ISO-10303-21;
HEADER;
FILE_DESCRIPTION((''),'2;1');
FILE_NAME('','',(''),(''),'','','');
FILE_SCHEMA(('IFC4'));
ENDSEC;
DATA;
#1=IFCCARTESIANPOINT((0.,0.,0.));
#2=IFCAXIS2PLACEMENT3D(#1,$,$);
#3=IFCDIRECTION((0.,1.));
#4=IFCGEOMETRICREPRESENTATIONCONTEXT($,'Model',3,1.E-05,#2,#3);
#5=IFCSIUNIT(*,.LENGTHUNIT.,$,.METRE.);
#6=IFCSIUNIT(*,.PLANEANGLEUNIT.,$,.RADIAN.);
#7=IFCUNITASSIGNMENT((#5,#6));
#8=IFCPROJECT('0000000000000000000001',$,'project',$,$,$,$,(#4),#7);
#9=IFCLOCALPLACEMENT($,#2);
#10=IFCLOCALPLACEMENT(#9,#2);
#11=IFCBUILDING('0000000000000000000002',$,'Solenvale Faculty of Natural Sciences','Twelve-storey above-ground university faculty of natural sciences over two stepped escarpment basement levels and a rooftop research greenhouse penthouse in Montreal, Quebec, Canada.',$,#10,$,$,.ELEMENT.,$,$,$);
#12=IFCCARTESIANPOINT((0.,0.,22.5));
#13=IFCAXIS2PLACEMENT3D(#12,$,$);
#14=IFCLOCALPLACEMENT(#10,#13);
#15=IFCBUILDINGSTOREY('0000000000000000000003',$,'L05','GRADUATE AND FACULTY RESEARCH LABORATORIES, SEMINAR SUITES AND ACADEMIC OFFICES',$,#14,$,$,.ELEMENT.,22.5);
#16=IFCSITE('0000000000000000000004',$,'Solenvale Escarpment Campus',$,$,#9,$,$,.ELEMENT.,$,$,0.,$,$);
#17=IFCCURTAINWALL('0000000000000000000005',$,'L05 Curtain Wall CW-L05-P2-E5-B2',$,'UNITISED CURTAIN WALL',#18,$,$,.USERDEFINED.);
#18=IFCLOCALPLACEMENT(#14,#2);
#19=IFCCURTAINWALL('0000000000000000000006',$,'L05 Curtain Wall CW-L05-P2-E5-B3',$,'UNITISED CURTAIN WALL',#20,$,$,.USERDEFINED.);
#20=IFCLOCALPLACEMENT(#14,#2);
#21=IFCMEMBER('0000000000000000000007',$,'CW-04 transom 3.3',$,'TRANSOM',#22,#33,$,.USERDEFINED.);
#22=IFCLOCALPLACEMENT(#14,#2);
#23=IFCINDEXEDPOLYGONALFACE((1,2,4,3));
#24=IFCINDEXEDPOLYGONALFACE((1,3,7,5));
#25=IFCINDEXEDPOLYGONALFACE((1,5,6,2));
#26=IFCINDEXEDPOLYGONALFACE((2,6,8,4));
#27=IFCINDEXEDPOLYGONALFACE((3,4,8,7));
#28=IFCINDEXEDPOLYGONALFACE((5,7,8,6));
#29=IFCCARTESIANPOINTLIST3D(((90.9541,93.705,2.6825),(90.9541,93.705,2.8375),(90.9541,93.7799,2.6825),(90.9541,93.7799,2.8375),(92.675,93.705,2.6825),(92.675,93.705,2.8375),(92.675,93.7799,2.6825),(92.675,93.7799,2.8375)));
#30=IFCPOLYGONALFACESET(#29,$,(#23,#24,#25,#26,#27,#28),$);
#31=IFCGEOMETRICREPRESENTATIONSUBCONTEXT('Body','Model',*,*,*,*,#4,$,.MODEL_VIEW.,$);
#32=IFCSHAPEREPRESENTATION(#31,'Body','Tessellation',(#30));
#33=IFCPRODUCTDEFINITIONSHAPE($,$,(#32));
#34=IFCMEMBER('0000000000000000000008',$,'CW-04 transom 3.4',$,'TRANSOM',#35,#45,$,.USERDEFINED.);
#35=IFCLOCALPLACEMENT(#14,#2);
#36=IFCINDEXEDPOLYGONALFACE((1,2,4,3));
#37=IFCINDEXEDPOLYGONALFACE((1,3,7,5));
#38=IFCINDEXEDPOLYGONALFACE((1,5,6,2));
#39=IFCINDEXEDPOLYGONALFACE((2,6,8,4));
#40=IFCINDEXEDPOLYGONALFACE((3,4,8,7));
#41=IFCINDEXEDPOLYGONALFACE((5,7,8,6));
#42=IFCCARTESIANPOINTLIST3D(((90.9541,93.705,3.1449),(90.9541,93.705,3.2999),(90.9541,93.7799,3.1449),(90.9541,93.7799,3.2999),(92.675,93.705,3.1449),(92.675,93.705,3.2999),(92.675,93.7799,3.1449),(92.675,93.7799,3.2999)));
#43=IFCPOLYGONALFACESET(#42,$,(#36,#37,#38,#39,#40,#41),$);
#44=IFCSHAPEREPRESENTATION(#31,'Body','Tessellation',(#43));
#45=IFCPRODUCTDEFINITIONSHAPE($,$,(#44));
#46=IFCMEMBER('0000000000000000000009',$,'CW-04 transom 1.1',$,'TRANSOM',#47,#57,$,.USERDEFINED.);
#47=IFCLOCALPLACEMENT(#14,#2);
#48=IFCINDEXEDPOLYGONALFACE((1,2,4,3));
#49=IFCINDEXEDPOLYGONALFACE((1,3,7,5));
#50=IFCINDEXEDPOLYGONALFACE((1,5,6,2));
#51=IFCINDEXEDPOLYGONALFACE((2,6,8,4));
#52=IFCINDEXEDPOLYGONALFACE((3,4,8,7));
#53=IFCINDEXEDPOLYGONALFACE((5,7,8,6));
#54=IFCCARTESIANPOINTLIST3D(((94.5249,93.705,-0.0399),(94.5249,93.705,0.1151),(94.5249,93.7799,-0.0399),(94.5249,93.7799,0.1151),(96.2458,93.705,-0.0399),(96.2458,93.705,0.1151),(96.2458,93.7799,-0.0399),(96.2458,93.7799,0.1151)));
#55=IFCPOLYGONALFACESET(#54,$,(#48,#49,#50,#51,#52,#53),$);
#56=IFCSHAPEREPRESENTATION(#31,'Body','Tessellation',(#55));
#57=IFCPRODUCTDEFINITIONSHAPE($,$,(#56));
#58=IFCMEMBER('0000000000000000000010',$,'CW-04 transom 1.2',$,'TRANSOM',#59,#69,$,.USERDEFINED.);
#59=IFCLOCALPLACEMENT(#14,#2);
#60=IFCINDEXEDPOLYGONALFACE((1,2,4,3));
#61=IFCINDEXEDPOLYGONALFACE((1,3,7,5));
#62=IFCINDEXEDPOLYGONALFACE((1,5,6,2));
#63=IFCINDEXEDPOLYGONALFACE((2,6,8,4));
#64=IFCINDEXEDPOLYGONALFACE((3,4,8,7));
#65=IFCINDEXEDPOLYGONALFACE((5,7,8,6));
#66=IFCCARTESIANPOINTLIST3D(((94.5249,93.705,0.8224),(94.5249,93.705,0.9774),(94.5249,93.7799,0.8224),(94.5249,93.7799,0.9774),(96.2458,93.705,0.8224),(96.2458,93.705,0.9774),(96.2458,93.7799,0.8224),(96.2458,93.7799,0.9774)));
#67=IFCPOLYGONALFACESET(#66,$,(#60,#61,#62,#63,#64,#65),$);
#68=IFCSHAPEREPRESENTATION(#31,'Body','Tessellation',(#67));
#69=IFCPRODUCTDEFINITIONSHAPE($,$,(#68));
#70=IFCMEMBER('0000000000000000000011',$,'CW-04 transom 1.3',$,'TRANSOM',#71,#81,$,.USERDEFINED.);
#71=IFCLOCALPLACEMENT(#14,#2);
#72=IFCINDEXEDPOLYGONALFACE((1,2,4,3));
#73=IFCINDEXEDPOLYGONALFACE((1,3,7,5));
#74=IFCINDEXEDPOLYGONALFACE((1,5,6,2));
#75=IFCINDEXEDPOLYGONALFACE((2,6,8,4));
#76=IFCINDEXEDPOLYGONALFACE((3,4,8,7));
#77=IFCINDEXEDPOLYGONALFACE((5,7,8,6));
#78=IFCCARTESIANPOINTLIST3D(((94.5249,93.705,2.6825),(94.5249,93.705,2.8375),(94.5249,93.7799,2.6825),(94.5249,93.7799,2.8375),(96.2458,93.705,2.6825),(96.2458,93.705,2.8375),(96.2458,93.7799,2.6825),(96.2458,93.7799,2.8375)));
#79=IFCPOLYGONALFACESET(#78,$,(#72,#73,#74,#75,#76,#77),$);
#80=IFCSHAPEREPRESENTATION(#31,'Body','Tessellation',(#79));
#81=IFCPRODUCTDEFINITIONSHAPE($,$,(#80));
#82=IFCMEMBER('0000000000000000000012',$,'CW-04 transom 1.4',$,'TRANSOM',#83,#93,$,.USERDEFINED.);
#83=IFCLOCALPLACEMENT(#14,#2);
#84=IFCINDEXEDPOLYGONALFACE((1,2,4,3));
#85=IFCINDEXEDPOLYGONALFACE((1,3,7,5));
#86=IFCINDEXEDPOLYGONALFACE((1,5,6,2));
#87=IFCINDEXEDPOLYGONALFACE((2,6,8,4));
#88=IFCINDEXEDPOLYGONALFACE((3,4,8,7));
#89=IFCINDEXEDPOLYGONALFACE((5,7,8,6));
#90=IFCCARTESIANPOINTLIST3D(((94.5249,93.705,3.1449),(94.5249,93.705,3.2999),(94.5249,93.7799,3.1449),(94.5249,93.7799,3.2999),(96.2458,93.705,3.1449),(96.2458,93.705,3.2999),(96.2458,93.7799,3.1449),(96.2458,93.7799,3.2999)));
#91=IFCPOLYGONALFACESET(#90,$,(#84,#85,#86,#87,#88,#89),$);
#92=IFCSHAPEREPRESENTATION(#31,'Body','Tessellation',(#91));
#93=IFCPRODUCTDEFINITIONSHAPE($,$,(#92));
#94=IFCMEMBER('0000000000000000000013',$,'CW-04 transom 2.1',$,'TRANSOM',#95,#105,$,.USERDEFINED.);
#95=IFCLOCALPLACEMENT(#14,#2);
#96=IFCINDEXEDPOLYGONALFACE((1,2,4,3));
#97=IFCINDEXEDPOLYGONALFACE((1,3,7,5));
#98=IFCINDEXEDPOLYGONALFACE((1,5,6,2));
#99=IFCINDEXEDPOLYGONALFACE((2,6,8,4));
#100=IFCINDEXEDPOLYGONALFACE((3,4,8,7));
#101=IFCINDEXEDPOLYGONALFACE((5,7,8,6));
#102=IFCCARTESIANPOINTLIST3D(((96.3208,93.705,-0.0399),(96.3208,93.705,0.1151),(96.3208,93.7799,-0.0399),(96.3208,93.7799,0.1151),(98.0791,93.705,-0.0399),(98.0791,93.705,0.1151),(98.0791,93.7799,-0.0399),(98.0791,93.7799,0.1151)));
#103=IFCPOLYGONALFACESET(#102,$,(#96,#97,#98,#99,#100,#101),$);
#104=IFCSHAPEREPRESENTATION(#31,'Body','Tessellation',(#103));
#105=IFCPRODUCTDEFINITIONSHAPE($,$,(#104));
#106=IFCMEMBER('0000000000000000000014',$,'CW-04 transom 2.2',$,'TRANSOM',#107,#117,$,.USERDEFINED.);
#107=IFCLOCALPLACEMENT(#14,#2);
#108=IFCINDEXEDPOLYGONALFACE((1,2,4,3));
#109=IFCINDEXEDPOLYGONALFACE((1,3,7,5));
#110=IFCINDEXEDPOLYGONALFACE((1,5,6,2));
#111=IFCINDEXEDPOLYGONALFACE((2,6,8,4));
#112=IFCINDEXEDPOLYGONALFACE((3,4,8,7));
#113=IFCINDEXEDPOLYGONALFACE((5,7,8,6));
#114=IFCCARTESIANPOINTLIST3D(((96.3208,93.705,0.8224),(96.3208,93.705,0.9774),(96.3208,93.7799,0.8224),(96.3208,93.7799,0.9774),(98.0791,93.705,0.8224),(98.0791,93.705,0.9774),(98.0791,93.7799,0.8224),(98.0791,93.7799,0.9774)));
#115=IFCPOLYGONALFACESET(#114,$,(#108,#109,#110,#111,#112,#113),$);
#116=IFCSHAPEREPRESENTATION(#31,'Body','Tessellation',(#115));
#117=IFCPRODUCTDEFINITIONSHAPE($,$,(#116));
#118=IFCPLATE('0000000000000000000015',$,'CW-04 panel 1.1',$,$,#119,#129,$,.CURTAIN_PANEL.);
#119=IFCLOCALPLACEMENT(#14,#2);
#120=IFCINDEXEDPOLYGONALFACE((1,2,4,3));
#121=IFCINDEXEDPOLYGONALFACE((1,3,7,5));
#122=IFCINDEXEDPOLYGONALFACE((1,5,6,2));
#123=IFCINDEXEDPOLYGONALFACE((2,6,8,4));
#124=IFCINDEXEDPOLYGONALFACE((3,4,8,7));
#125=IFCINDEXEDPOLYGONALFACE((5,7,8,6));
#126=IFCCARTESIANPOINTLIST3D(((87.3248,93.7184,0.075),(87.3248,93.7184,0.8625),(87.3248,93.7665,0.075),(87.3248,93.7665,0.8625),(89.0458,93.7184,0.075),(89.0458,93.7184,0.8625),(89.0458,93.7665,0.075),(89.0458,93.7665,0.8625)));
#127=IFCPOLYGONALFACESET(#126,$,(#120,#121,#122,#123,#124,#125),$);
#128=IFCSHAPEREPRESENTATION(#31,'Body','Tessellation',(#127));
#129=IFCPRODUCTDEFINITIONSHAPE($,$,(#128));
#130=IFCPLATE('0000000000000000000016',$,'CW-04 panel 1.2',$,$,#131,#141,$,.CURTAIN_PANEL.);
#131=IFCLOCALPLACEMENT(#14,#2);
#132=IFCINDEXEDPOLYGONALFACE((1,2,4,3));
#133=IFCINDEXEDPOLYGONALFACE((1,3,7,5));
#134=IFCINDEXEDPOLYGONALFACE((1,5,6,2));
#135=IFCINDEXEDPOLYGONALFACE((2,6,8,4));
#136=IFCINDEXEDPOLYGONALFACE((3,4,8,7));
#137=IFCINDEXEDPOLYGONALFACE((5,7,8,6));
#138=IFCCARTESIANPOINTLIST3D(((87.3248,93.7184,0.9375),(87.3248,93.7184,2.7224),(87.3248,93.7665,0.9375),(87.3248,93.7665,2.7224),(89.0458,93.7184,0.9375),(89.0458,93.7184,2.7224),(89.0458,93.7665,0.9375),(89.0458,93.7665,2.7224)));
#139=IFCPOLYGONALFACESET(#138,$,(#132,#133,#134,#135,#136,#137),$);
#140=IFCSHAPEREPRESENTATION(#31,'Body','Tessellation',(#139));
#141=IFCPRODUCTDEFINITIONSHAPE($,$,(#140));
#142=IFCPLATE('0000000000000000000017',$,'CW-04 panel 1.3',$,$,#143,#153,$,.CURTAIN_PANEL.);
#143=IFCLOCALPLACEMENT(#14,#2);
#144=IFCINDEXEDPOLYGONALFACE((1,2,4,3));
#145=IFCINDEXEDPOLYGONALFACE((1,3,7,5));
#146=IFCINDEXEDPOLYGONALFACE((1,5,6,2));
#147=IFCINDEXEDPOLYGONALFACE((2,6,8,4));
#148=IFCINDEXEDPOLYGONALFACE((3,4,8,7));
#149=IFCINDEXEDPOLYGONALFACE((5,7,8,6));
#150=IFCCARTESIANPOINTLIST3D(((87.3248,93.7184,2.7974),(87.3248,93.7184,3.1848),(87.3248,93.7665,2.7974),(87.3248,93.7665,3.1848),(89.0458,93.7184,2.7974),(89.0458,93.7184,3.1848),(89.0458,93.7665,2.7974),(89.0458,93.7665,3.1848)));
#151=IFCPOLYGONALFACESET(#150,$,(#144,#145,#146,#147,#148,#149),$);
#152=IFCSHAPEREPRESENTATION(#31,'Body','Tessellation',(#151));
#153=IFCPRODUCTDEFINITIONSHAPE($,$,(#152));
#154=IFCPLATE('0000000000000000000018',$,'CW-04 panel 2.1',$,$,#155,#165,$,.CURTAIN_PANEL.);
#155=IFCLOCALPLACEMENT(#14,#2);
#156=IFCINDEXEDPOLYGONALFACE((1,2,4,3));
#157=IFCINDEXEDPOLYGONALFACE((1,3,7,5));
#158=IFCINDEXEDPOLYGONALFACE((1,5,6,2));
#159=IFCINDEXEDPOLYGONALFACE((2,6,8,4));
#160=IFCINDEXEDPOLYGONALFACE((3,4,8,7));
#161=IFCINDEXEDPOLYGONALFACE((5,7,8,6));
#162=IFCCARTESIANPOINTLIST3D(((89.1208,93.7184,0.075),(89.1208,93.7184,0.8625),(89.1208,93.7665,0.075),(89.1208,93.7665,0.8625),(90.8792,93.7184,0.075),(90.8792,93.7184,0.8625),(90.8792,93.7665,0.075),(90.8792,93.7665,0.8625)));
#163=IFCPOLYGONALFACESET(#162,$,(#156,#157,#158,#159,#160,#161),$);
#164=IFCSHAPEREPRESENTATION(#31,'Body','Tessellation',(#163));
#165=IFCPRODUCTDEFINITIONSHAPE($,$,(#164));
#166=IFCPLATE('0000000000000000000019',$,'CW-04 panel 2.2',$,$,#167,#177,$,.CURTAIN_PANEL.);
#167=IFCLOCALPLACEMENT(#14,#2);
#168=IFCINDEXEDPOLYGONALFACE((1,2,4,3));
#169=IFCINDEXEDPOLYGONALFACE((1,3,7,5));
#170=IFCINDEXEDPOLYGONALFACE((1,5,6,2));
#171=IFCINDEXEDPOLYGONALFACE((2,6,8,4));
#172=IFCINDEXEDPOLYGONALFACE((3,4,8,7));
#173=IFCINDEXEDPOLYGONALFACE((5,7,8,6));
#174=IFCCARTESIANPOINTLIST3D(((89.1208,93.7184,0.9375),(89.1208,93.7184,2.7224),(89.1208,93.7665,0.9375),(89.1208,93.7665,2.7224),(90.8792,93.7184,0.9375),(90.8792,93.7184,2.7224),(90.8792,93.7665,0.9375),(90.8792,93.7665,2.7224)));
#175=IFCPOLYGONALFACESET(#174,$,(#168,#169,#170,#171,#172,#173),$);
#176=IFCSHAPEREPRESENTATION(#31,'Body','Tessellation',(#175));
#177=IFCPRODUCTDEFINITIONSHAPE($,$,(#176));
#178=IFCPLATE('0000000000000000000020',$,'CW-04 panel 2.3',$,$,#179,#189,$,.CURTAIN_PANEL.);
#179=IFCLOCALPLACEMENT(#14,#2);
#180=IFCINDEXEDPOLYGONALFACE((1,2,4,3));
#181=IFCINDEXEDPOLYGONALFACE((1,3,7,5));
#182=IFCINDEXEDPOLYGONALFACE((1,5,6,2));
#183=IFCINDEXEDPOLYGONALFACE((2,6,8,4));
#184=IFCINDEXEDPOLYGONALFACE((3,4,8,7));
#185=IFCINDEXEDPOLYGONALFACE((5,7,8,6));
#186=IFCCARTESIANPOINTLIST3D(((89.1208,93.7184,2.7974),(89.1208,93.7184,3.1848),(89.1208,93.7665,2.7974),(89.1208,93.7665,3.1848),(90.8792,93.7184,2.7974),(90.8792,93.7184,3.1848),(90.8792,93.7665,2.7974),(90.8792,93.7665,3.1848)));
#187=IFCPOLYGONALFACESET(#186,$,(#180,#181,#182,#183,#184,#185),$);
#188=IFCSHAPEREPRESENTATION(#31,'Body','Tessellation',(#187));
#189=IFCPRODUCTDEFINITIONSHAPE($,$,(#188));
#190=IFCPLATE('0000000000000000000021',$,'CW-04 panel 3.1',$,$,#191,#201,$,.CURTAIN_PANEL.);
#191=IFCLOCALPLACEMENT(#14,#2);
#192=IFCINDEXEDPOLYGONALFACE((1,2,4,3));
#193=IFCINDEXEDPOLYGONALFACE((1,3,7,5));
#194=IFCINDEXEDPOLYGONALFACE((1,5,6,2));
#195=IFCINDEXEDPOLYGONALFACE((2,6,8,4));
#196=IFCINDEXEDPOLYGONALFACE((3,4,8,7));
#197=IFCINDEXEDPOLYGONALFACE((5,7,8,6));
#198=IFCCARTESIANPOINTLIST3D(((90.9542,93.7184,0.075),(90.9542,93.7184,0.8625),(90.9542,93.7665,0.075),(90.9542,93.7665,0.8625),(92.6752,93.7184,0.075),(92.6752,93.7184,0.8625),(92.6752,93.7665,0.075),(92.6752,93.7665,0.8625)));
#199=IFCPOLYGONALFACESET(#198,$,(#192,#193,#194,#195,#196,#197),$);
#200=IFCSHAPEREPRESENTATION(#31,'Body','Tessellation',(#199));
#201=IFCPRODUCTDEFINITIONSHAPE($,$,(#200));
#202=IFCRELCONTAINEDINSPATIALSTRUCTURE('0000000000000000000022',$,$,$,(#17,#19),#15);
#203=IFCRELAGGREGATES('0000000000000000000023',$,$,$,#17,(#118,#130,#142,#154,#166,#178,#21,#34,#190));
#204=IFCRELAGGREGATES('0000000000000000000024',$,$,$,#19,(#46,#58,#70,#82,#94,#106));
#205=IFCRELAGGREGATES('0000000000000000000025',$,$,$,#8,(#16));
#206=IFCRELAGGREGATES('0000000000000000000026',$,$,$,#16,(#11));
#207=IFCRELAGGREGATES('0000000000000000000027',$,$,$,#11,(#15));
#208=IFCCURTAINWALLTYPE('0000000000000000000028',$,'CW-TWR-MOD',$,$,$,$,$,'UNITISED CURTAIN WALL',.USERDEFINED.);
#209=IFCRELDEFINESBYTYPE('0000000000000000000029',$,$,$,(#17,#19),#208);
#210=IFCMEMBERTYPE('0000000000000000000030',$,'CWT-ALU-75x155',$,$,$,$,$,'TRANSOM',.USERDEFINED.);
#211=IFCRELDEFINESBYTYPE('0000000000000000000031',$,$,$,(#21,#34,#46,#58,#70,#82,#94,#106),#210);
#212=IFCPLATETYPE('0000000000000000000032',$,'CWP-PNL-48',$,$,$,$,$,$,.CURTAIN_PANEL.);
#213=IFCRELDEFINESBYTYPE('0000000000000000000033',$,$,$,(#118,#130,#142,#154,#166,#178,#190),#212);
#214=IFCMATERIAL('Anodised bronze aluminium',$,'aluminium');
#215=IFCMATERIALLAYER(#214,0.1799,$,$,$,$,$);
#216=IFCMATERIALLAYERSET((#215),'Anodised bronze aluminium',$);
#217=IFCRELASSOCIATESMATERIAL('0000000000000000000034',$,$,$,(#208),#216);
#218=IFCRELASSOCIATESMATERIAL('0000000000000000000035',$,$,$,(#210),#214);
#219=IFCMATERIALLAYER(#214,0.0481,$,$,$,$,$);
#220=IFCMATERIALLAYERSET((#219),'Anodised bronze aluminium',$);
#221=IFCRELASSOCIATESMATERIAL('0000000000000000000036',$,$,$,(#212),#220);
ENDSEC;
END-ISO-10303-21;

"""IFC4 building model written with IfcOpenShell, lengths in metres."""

from ifc_helpers import new_model, si_unit, direction, frame, origin, origin_2d, place, context, subcontext, project, spatial, rectangle, extrude, material, layer, layer_set, material_profile, profile_set, type_object, element, aggregate, save


model = new_model("IFC4")

# Units and contexts
model_context = context("Model", 3, precision=1e-05, world=origin(), true_north=direction((0.0, 1.0)))
body_context = subcontext(model_context, "Body", "Model", "MODEL_VIEW")
ifc_project = project(units=[si_unit("LENGTHUNIT", "METRE"), si_unit("PLANEANGLEUNIT", "RADIAN")], contexts=[model_context])

# Site, building, storey
site_placement = place(None, origin())
site = spatial("IfcSite", under=ifc_project, at=site_placement, Name="Solenvale Escarpment Campus", CompositionType="ELEMENT", RefElevation=0.0)
building_placement = place(site_placement, origin())
building = spatial("IfcBuilding", under=site, at=building_placement, Name="Solenvale Faculty of Natural Sciences", Description="Twelve-storey above-ground university faculty of natural sciences over two stepped escarpment basement levels and a rooftop research greenhouse penthouse in Montreal, Quebec, Canada.", CompositionType="ELEMENT")
storey_placement = place(building_placement, frame((0.0, 0.0, 22.5)))
storey = spatial("IfcBuildingStorey", under=building, at=storey_placement, Name="L05", Description="GRADUATE AND FACULTY RESEARCH LABORATORIES, SEMINAR SUITES AND ACADEMIC OFFICES", CompositionType="ELEMENT", Elevation=22.5)

# Curtain walls
ifc_material_1 = material(Name="Anodised bronze aluminium", Category="aluminium")
ifc_layer_1 = layer(ifc_material_1, 0.1799)
ifc_layer_set_1 = layer_set([ifc_layer_1], Name="Anodised bronze aluminium")
curtain_wall_type = type_object("IfcCurtainWallType", Name="CW-TWR-MOD", ElementType="UNITISED CURTAIN WALL", PredefinedType="USERDEFINED", material=ifc_layer_set_1)
curtain_wall_1_placement = place(storey_placement, origin())
curtain_wall_1 = element("IfcCurtainWall", 1, at=curtain_wall_1_placement, inside=storey, type_object=curtain_wall_type, Name="L05 Curtain Wall CW-L05-P2-E5-B2", ObjectType="UNITISED CURTAIN WALL", PredefinedType="USERDEFINED")
curtain_wall_2_placement = place(storey_placement, origin())
curtain_wall_2 = element("IfcCurtainWall", 2, at=curtain_wall_2_placement, inside=storey, type_object=curtain_wall_type, Name="L05 Curtain Wall CW-L05-P2-E5-B3", ObjectType="UNITISED CURTAIN WALL", PredefinedType="USERDEFINED")

# Members
ifc_material_profile_1 = material_profile(ifc_material_1, rectangle(XDim=0.075, YDim=0.155, at=origin_2d()), Name="ALU-TRN-75x155")
ifc_profile_set_1 = profile_set([ifc_material_profile_1], Name="Anodised bronze aluminium")
member_type_1 = type_object("IfcMemberType", Name="CWT-ALU-75x155", ElementType="TRANSOM", PredefinedType="USERDEFINED", material=ifc_profile_set_1)
member_1_placement = place(storey_placement, frame((90.9541, 93.7424, 2.76), z_axis=(1.0, 0.0, 0.0), x_axis=(0.0, 1.0, 0.0)))
member_1 = element("IfcMember", 3, at=member_1_placement, type_object=member_type_1, Name="CW-04 transom 3.3", ObjectType="TRANSOM", PredefinedType="USERDEFINED", context=body_context, shape_type="SweptSolid", body=[
    extrude(rectangle(XDim=0.075, YDim=0.155, at=origin_2d()), origin(), (0.0, 0.0, 1.0), 1.7209),
])
member_2_placement = place(storey_placement, frame((90.9541, 93.7424, 3.2224), z_axis=(1.0, 0.0, 0.0), x_axis=(0.0, 1.0, 0.0)))
member_2 = element("IfcMember", 4, at=member_2_placement, type_object=member_type_1, Name="CW-04 transom 3.4", ObjectType="TRANSOM", PredefinedType="USERDEFINED", context=body_context, shape_type="SweptSolid", body=[
    extrude(rectangle(XDim=0.075, YDim=0.155, at=origin_2d()), origin(), (0.0, 0.0, 1.0), 1.7209),
])
member_3_placement = place(storey_placement, frame((94.5249, 93.7424, 0.0376), z_axis=(1.0, 0.0, 0.0), x_axis=(0.0, 1.0, 0.0)))
member_3 = element("IfcMember", 5, at=member_3_placement, type_object=member_type_1, Name="CW-04 transom 1.1", ObjectType="TRANSOM", PredefinedType="USERDEFINED", context=body_context, shape_type="SweptSolid", body=[
    extrude(rectangle(XDim=0.075, YDim=0.155, at=origin_2d()), origin(), (0.0, 0.0, 1.0), 1.7209),
])
member_4_placement = place(storey_placement, frame((94.5249, 93.7424, 0.8999), z_axis=(1.0, 0.0, 0.0), x_axis=(0.0, 1.0, 0.0)))
member_4 = element("IfcMember", 6, at=member_4_placement, type_object=member_type_1, Name="CW-04 transom 1.2", ObjectType="TRANSOM", PredefinedType="USERDEFINED", context=body_context, shape_type="SweptSolid", body=[
    extrude(rectangle(XDim=0.075, YDim=0.155, at=origin_2d()), origin(), (0.0, 0.0, 1.0), 1.7209),
])
member_5_placement = place(storey_placement, frame((94.5249, 93.7424, 2.76), z_axis=(1.0, 0.0, 0.0), x_axis=(0.0, 1.0, 0.0)))
member_5 = element("IfcMember", 7, at=member_5_placement, type_object=member_type_1, Name="CW-04 transom 1.3", ObjectType="TRANSOM", PredefinedType="USERDEFINED", context=body_context, shape_type="SweptSolid", body=[
    extrude(rectangle(XDim=0.075, YDim=0.155, at=origin_2d()), origin(), (0.0, 0.0, 1.0), 1.7209),
])
member_6_placement = place(storey_placement, frame((94.5249, 93.7424, 3.2224), z_axis=(1.0, 0.0, 0.0), x_axis=(0.0, 1.0, 0.0)))
member_6 = element("IfcMember", 8, at=member_6_placement, type_object=member_type_1, Name="CW-04 transom 1.4", ObjectType="TRANSOM", PredefinedType="USERDEFINED", context=body_context, shape_type="SweptSolid", body=[
    extrude(rectangle(XDim=0.075, YDim=0.155, at=origin_2d()), origin(), (0.0, 0.0, 1.0), 1.7209),
])
member_7_placement = place(storey_placement, frame((96.3208, 93.7424, 0.0376), z_axis=(1.0, 0.0, 0.0), x_axis=(0.0, 1.0, 0.0)))
member_7 = element("IfcMember", 9, at=member_7_placement, type_object=member_type_1, Name="CW-04 transom 2.1", ObjectType="TRANSOM", PredefinedType="USERDEFINED", context=body_context, shape_type="SweptSolid", body=[
    extrude(rectangle(XDim=0.075, YDim=0.155, at=origin_2d()), origin(), (0.0, 0.0, 1.0), 1.7583),
])
member_8_placement = place(storey_placement, frame((96.3208, 93.7424, 0.8999), z_axis=(1.0, 0.0, 0.0), x_axis=(0.0, 1.0, 0.0)))
member_8 = element("IfcMember", 10, at=member_8_placement, type_object=member_type_1, Name="CW-04 transom 2.2", ObjectType="TRANSOM", PredefinedType="USERDEFINED", context=body_context, shape_type="SweptSolid", body=[
    extrude(rectangle(XDim=0.075, YDim=0.155, at=origin_2d()), origin(), (0.0, 0.0, 1.0), 1.7583),
])

# Plates
ifc_layer_2 = layer(ifc_material_1, 0.0481)
ifc_layer_set_2 = layer_set([ifc_layer_2], Name="Anodised bronze aluminium")
plate_type_1 = type_object("IfcPlateType", Name="CWP-PNL-48", PredefinedType="CURTAIN_PANEL", material=ifc_layer_set_2)
plate_1_placement = place(storey_placement, frame((88.1853, 93.7424, 0.075), z_axis=(0.0, 0.0, 1.0), x_axis=(1.0, 0.0, 0.0)))
plate_1 = element("IfcPlate", 11, at=plate_1_placement, type_object=plate_type_1, Name="CW-04 panel 1.1", PredefinedType="CURTAIN_PANEL", context=body_context, shape_type="SweptSolid", body=[
    extrude(rectangle(XDim=1.7209, YDim=0.0481, at=origin_2d()), origin(), (0.0, 0.0, 1.0), 0.7876),
])
plate_2_placement = place(storey_placement, frame((88.1853, 93.7424, 0.9375), z_axis=(0.0, 0.0, 1.0), x_axis=(1.0, 0.0, 0.0)))
plate_2 = element("IfcPlate", 12, at=plate_2_placement, type_object=plate_type_1, Name="CW-04 panel 1.2", PredefinedType="CURTAIN_PANEL", context=body_context, shape_type="SweptSolid", body=[
    extrude(rectangle(XDim=1.7209, YDim=0.0481, at=origin_2d()), origin(), (0.0, 0.0, 1.0), 1.7849),
])
plate_3_placement = place(storey_placement, frame((88.1853, 93.7424, 2.7974), z_axis=(0.0, 0.0, 1.0), x_axis=(1.0, 0.0, 0.0)))
plate_3 = element("IfcPlate", 13, at=plate_3_placement, type_object=plate_type_1, Name="CW-04 panel 1.3", PredefinedType="CURTAIN_PANEL", context=body_context, shape_type="SweptSolid", body=[
    extrude(rectangle(XDim=1.7209, YDim=0.0481, at=origin_2d()), origin(), (0.0, 0.0, 1.0), 0.3875),
])
plate_4_placement = place(storey_placement, frame((90.0, 93.7424, 0.075), z_axis=(0.0, 0.0, 1.0), x_axis=(1.0, 0.0, 0.0)))
plate_4 = element("IfcPlate", 14, at=plate_4_placement, type_object=plate_type_1, Name="CW-04 panel 2.1", PredefinedType="CURTAIN_PANEL", context=body_context, shape_type="SweptSolid", body=[
    extrude(rectangle(XDim=1.7583, YDim=0.0481, at=origin_2d()), origin(), (0.0, 0.0, 1.0), 0.7876),
])
plate_5_placement = place(storey_placement, frame((90.0, 93.7424, 0.9375), z_axis=(0.0, 0.0, 1.0), x_axis=(1.0, 0.0, 0.0)))
plate_5 = element("IfcPlate", 15, at=plate_5_placement, type_object=plate_type_1, Name="CW-04 panel 2.2", PredefinedType="CURTAIN_PANEL", context=body_context, shape_type="SweptSolid", body=[
    extrude(rectangle(XDim=1.7583, YDim=0.0481, at=origin_2d()), origin(), (0.0, 0.0, 1.0), 1.7849),
])
plate_6_placement = place(storey_placement, frame((90.0, 93.7424, 2.7974), z_axis=(0.0, 0.0, 1.0), x_axis=(1.0, 0.0, 0.0)))
plate_6 = element("IfcPlate", 16, at=plate_6_placement, type_object=plate_type_1, Name="CW-04 panel 2.3", PredefinedType="CURTAIN_PANEL", context=body_context, shape_type="SweptSolid", body=[
    extrude(rectangle(XDim=1.7583, YDim=0.0481, at=origin_2d()), origin(), (0.0, 0.0, 1.0), 0.3875),
])
plate_7_placement = place(storey_placement, frame((91.8147, 93.7424, 0.075), z_axis=(0.0, 0.0, 1.0), x_axis=(1.0, 0.0, 0.0)))
plate_7 = element("IfcPlate", 17, at=plate_7_placement, type_object=plate_type_1, Name="CW-04 panel 3.1", PredefinedType="CURTAIN_PANEL", context=body_context, shape_type="SweptSolid", body=[
    extrude(rectangle(XDim=1.7209, YDim=0.0481, at=origin_2d()), origin(), (0.0, 0.0, 1.0), 0.7876),
])
aggregate(curtain_wall_1, [plate_1, plate_2, plate_3, plate_4, plate_5, plate_6, member_1, member_2, plate_7])
aggregate(curtain_wall_2, [member_3, member_4, member_5, member_6, member_7, member_8])

save(model, "model.ifc")
